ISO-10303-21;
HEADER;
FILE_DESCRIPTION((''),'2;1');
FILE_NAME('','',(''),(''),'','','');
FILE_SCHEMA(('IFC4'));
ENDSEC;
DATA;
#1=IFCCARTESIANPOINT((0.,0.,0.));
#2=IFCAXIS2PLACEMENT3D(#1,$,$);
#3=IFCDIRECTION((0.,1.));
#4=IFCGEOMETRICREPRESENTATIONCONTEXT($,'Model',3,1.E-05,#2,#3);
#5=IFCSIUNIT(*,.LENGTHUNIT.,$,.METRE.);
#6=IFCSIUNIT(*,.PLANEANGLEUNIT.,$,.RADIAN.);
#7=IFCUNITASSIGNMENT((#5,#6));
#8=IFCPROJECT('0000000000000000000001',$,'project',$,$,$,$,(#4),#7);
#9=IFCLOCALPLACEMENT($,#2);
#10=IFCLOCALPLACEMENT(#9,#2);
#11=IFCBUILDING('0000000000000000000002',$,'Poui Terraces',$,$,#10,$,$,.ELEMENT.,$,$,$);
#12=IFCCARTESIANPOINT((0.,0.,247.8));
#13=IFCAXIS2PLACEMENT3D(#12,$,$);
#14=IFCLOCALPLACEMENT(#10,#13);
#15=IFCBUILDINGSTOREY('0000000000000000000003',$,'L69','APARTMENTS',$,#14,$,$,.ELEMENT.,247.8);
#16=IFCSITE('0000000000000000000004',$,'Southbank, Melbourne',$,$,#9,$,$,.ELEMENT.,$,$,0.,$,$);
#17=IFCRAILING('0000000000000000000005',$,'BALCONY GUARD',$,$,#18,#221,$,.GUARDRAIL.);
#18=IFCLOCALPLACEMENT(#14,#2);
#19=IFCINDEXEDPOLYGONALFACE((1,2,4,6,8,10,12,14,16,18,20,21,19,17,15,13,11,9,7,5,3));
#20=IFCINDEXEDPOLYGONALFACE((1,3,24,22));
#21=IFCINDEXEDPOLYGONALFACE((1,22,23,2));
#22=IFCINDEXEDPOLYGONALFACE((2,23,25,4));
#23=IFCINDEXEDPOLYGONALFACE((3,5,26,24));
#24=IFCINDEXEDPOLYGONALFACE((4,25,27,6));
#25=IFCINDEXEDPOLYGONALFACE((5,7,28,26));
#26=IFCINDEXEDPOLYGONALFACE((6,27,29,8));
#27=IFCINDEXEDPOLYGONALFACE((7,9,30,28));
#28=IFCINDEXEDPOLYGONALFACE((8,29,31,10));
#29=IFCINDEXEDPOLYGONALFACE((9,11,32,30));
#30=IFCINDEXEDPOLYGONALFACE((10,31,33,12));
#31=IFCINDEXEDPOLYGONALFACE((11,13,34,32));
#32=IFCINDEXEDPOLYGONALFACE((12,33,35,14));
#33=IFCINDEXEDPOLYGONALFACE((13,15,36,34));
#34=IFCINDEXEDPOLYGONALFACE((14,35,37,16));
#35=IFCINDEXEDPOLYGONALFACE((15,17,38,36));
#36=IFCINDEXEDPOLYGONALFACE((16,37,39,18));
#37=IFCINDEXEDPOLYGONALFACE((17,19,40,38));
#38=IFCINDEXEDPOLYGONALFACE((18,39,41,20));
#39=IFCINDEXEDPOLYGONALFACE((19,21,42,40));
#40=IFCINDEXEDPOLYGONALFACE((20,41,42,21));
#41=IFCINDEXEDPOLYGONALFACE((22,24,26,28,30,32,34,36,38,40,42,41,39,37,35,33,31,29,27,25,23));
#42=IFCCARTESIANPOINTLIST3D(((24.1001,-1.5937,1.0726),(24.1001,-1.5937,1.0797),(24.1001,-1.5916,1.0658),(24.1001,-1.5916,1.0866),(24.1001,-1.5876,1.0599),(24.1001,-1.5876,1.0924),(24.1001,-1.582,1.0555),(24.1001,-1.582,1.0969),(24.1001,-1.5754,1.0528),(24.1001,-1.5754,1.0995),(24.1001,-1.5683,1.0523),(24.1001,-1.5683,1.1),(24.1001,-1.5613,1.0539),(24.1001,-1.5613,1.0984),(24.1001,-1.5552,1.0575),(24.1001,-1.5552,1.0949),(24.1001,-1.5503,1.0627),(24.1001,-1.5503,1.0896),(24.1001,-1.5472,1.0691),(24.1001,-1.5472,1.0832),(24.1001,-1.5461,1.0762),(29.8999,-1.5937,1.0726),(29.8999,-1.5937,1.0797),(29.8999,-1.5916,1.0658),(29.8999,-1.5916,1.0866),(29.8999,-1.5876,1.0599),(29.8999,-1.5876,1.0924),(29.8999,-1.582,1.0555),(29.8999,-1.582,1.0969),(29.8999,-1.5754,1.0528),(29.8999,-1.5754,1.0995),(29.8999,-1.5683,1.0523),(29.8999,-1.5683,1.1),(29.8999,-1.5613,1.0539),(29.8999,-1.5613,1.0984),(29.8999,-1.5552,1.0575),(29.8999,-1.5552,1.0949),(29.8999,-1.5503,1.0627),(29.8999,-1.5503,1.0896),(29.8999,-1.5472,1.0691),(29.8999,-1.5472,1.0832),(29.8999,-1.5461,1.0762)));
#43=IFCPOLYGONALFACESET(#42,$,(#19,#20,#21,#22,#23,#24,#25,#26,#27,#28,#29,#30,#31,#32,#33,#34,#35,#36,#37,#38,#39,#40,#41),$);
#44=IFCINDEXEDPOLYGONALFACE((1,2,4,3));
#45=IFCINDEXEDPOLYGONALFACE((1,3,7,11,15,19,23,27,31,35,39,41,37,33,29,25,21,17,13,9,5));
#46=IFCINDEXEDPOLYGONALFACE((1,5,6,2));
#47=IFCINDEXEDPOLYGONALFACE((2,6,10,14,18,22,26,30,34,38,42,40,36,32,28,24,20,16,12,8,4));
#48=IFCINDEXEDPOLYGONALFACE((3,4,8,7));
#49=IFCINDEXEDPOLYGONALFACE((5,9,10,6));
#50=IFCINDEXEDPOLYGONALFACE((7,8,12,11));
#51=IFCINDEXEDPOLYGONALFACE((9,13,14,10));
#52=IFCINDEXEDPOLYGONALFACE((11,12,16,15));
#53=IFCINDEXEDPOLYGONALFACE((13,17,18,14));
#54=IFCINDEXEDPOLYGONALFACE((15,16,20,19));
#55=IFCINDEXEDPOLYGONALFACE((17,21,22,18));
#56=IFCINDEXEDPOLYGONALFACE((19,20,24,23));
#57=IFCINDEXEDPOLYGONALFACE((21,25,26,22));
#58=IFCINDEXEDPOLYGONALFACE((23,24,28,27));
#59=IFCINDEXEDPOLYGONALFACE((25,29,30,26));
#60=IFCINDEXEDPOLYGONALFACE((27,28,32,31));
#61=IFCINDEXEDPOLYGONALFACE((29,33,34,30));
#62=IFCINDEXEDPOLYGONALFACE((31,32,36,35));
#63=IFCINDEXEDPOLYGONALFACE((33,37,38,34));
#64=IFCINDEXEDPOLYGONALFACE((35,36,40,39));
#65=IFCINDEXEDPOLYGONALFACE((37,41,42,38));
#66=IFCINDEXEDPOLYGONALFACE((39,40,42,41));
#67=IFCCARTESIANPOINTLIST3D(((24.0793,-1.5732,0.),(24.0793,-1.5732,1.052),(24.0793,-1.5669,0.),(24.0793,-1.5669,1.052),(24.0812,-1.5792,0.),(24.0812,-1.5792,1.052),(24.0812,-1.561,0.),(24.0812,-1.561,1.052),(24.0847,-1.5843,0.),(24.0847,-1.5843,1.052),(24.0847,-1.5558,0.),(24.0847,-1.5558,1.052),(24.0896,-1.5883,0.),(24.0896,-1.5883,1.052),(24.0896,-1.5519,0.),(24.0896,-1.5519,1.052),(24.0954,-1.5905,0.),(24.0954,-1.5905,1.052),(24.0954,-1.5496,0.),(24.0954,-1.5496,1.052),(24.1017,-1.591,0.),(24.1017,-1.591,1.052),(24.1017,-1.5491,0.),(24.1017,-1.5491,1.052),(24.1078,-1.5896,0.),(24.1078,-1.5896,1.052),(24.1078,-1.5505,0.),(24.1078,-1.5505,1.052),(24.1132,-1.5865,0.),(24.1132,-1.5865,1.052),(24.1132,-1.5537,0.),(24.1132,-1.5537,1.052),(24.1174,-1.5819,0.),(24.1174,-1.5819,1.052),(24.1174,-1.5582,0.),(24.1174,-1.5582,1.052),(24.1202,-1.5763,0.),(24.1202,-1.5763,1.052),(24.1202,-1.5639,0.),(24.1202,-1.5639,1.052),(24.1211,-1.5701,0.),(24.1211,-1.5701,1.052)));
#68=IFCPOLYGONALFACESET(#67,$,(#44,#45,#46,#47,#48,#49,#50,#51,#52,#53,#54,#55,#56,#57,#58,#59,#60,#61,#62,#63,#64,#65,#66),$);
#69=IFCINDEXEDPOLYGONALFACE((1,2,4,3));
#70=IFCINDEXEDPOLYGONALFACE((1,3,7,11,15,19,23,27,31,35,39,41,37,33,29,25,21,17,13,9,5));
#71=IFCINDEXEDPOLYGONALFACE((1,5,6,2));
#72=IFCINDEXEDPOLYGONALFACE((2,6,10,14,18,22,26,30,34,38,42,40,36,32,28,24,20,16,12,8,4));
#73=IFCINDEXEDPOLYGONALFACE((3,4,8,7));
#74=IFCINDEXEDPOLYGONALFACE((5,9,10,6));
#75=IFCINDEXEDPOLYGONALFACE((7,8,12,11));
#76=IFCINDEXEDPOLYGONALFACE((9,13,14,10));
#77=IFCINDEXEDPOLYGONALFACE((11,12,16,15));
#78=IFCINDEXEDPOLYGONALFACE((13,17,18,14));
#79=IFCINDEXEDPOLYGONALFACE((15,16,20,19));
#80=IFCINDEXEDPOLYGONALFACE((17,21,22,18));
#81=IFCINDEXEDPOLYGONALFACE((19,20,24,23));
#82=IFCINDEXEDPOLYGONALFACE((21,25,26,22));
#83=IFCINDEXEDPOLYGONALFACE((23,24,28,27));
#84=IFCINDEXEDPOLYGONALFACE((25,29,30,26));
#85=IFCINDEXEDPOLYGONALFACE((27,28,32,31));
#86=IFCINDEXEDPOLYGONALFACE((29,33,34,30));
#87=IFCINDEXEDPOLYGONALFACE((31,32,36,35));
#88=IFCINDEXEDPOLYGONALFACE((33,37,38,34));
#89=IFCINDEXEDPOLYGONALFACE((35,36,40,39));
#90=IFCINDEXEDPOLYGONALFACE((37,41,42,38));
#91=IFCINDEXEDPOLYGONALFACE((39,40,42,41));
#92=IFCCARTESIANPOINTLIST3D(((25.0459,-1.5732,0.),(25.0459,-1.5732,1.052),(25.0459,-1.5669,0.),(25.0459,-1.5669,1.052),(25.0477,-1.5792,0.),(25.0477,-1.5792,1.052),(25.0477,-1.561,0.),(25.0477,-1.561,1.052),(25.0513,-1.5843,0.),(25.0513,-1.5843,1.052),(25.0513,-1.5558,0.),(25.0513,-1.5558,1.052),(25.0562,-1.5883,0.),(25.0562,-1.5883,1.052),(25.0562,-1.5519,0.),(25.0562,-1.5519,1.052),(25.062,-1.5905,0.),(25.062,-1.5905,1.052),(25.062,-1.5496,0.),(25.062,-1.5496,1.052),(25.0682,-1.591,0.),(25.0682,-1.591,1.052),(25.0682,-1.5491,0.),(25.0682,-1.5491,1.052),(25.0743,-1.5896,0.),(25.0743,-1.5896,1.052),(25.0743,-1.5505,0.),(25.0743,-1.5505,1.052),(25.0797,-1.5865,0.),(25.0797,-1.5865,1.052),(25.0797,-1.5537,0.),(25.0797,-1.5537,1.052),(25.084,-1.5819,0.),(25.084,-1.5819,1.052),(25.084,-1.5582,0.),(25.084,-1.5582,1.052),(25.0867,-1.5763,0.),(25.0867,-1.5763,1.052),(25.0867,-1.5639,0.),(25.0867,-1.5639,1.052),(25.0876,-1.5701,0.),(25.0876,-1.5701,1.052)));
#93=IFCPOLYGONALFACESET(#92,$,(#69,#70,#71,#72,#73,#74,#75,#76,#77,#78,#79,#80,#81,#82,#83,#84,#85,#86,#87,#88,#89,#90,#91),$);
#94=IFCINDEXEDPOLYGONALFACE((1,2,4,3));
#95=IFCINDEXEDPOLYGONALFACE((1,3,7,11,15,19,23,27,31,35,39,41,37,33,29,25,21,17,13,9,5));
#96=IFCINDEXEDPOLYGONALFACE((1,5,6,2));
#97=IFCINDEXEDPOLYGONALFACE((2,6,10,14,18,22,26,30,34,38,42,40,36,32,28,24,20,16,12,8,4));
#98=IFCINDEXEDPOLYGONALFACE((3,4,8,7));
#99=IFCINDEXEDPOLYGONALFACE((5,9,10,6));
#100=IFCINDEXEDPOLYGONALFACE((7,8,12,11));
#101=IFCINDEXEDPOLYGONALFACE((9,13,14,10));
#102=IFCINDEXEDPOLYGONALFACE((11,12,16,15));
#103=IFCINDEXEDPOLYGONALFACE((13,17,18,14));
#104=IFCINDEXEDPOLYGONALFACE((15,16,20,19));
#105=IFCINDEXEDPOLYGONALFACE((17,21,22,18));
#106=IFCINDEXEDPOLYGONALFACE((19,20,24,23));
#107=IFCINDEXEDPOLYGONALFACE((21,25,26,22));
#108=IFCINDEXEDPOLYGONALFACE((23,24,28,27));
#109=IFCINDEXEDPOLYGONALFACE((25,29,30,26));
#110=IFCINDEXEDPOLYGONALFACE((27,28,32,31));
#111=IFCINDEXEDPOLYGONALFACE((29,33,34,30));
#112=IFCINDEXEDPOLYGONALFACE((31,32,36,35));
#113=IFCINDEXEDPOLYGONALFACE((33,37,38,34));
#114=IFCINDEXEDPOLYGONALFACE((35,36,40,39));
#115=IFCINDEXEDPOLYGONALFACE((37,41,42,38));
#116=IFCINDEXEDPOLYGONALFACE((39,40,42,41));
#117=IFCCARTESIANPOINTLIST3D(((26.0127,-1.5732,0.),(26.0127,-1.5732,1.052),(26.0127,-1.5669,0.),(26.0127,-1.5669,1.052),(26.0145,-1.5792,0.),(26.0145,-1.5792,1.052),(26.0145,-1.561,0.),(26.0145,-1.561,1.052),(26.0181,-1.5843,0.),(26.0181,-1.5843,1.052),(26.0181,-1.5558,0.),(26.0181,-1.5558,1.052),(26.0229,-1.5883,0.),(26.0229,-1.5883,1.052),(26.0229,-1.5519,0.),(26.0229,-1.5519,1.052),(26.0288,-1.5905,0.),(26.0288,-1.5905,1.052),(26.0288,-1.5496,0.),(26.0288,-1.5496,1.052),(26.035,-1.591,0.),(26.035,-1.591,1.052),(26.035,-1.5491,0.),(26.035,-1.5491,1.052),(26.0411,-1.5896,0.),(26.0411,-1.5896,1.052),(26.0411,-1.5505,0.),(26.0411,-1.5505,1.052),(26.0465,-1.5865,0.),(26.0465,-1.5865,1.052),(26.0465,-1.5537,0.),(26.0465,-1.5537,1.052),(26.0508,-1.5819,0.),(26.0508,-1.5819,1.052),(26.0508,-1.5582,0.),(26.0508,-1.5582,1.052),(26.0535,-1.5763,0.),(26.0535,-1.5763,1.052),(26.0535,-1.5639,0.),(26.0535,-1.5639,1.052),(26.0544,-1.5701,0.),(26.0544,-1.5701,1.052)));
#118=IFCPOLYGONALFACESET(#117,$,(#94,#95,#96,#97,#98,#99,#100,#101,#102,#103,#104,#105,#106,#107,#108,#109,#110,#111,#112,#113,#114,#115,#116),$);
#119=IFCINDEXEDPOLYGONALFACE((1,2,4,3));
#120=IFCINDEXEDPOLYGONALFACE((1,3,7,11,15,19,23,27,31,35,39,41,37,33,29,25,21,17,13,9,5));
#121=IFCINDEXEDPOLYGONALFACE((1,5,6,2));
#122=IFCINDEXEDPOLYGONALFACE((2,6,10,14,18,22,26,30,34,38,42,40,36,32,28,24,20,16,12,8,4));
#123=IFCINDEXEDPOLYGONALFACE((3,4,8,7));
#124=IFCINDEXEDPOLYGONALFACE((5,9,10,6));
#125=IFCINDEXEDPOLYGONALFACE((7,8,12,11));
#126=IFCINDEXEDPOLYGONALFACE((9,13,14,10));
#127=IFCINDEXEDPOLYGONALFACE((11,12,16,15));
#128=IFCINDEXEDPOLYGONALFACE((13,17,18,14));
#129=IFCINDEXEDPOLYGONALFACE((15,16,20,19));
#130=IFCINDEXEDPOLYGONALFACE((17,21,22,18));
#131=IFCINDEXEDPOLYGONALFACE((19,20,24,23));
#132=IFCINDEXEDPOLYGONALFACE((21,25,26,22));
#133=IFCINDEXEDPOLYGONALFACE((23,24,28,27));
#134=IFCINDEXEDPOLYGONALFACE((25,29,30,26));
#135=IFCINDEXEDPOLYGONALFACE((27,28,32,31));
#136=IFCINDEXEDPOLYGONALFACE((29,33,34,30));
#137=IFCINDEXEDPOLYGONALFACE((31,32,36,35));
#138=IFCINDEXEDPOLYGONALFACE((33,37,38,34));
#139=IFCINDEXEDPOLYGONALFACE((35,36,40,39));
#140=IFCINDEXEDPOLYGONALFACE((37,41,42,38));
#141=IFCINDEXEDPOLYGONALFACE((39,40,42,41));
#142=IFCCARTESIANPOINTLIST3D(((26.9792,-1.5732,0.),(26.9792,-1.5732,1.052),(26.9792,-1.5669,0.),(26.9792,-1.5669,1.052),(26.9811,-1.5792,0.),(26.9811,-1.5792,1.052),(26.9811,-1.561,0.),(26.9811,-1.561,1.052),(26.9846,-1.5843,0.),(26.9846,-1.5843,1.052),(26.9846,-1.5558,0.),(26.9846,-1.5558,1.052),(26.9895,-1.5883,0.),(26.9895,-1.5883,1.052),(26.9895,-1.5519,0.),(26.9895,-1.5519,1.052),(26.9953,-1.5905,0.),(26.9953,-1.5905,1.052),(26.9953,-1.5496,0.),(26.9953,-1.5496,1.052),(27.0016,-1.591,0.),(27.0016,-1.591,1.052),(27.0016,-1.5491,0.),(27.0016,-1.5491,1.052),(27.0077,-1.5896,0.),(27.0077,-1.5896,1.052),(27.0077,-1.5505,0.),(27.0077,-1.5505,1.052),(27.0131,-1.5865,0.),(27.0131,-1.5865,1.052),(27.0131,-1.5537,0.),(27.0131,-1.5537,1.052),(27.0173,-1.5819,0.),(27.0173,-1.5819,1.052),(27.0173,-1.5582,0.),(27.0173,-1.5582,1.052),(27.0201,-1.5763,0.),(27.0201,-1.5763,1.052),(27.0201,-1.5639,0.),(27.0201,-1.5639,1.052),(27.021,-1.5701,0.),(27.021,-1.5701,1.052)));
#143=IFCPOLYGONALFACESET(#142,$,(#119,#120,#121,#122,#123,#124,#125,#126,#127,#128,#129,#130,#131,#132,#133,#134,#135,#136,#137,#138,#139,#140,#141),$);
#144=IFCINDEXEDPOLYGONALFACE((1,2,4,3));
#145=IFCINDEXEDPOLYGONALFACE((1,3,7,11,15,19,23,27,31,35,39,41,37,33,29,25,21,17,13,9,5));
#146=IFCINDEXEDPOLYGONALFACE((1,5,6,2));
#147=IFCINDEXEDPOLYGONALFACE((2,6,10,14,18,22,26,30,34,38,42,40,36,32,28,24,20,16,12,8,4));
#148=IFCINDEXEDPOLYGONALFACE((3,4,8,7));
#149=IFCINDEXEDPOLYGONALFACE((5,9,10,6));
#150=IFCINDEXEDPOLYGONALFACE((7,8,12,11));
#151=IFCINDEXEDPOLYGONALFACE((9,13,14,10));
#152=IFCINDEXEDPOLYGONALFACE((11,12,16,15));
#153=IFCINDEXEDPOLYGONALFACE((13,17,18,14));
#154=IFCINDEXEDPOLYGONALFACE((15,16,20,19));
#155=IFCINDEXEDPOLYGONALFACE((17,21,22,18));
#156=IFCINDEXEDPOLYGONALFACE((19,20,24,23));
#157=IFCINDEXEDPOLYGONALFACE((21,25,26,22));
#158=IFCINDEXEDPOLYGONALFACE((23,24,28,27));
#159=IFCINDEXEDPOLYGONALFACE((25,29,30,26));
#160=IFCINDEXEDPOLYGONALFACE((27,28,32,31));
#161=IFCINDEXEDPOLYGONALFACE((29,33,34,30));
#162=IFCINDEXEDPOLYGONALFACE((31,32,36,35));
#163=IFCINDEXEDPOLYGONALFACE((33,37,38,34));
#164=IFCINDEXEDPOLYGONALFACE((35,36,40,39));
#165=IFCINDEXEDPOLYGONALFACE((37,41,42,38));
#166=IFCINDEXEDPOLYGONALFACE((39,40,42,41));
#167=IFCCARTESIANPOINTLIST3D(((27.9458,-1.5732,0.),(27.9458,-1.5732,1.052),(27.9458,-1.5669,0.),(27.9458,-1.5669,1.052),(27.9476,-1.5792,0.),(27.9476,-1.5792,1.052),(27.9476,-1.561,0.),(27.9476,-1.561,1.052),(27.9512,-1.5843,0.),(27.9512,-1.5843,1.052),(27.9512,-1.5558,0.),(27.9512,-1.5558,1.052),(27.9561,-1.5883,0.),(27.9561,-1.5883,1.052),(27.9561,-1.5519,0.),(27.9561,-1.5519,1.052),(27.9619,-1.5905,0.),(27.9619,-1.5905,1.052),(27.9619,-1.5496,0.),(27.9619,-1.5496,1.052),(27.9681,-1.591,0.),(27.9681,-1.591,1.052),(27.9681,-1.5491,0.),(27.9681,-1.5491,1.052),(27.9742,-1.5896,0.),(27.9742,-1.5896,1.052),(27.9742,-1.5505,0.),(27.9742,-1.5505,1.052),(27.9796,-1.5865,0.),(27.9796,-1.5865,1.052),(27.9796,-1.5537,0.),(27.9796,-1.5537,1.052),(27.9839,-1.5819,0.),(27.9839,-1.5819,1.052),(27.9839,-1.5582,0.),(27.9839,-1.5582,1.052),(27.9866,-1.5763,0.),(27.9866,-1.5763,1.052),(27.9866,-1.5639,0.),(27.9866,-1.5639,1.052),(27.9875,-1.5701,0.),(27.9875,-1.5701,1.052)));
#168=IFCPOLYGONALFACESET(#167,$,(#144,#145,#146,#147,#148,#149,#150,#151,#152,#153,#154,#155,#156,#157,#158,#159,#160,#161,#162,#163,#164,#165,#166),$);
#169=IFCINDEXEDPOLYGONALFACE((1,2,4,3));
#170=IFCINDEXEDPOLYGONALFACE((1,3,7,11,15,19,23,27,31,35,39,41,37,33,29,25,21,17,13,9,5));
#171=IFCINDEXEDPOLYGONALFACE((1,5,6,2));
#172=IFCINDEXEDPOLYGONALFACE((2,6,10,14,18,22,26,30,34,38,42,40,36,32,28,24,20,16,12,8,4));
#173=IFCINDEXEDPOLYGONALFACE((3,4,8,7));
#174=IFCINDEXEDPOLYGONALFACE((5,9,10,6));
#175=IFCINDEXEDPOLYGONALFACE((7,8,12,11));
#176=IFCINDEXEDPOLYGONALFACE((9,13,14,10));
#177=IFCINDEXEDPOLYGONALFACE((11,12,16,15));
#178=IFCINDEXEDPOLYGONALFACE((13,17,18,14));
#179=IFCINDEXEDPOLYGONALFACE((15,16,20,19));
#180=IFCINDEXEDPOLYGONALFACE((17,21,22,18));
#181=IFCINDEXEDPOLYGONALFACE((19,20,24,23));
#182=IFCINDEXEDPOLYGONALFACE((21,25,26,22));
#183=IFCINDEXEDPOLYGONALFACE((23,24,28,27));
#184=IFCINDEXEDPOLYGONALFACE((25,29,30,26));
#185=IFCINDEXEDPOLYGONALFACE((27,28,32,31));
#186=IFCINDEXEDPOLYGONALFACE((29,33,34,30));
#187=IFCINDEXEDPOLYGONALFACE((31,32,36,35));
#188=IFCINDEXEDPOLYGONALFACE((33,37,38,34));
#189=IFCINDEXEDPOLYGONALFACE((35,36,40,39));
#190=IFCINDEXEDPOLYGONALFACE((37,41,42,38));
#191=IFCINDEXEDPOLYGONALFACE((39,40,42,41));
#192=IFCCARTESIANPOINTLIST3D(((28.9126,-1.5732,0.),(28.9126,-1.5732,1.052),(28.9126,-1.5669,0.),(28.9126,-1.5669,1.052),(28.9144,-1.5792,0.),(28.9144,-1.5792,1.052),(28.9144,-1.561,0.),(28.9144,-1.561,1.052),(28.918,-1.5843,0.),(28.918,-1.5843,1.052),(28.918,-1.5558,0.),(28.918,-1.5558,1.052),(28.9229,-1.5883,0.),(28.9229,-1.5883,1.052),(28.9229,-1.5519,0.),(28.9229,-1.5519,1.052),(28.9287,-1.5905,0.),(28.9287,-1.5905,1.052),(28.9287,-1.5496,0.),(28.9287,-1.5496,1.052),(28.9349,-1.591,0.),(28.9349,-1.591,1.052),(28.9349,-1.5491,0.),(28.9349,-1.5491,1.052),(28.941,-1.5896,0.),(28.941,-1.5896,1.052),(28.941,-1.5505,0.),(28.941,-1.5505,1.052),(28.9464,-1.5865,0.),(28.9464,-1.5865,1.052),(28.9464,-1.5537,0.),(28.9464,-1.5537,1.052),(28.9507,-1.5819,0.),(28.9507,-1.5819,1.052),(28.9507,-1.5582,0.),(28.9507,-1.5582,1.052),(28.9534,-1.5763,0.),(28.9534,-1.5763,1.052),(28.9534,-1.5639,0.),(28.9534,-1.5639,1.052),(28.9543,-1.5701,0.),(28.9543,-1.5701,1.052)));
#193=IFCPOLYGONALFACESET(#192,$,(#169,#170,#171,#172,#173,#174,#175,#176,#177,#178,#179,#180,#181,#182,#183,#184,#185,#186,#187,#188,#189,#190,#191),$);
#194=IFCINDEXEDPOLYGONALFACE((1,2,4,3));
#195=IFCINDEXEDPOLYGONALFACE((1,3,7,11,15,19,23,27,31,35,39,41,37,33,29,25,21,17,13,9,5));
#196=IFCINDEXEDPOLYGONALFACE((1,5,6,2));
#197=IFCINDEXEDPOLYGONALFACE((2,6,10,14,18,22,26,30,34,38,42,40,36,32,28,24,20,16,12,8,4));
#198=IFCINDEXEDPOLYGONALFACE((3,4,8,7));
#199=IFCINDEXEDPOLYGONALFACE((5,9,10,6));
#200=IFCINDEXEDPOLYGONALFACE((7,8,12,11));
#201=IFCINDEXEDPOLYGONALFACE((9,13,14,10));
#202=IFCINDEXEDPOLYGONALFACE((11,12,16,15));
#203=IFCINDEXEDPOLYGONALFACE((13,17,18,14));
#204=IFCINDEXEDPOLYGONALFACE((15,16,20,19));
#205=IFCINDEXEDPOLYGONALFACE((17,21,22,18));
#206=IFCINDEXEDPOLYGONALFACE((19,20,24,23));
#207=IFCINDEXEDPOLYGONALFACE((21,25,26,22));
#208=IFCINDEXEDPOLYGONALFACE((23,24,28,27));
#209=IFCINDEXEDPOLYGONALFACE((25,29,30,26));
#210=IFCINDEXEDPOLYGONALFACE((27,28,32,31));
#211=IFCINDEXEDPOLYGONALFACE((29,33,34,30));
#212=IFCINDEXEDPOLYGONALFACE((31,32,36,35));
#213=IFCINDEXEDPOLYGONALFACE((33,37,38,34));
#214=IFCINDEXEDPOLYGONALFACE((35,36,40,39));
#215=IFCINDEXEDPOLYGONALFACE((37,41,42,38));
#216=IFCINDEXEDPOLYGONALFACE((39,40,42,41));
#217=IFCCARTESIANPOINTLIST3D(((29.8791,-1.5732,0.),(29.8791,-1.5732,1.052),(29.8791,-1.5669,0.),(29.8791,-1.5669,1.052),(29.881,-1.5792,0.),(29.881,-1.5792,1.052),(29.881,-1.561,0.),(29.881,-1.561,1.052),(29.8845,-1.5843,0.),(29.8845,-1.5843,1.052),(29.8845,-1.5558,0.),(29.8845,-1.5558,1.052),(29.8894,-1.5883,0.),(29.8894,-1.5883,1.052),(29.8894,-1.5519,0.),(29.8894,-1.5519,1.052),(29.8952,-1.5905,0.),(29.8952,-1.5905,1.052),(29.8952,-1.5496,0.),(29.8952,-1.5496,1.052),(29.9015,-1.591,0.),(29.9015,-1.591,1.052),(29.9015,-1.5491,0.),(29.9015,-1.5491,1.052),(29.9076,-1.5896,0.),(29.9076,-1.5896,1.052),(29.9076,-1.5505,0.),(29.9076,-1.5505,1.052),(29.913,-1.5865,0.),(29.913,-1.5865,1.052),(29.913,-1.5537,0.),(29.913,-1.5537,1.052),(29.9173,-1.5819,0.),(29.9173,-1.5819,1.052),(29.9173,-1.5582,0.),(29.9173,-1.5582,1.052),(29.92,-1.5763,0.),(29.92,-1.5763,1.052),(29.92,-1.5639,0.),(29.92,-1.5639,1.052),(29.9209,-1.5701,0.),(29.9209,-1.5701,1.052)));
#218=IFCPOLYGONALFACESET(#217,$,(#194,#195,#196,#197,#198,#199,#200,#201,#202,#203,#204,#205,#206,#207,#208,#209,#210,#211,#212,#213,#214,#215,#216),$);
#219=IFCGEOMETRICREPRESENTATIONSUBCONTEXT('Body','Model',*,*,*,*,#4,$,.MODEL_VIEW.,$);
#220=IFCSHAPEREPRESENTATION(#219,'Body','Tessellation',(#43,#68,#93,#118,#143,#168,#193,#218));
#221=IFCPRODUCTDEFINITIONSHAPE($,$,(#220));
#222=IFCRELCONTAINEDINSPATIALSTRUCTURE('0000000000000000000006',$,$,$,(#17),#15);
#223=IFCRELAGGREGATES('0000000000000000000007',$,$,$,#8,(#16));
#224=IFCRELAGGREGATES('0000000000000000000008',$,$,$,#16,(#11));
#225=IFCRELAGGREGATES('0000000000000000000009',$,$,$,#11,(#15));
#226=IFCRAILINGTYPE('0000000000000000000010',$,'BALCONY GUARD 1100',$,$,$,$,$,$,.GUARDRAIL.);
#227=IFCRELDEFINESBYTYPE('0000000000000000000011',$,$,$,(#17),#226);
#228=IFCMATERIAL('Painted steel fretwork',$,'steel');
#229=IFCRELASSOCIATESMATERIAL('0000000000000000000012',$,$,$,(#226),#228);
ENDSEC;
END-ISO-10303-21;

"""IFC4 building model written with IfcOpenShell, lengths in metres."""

from ifc_helpers import new_model, si_unit, direction, frame, origin, origin_2d, place, context, subcontext, project, spatial, circle, extrude, material, type_object, element, save


model = new_model("IFC4")

# Units and contexts
model_context = context("Model", 3, precision=1e-05, world=origin(), true_north=direction((0.0, 1.0)))
body_context = subcontext(model_context, "Body", "Model", "MODEL_VIEW")
ifc_project = project(units=[si_unit("LENGTHUNIT", "METRE"), si_unit("PLANEANGLEUNIT", "RADIAN")], contexts=[model_context])

# Site, building, storey
site_placement = place(None, origin())
site = spatial("IfcSite", under=ifc_project, at=site_placement, Name="Southbank, Melbourne", CompositionType="ELEMENT", RefElevation=0.0)
building_placement = place(site_placement, origin())
building = spatial("IfcBuilding", under=site, at=building_placement, Name="Poui Terraces", CompositionType="ELEMENT")
storey_placement = place(building_placement, frame((0.0, 0.0, 247.8)))
storey = spatial("IfcBuildingStorey", under=building, at=storey_placement, Name="L69", Description="APARTMENTS", CompositionType="ELEMENT", Elevation=247.8)

# Railing
ifc_material_1 = material(Name="Painted steel fretwork", Category="steel")
railing_type = type_object("IfcRailingType", Name="BALCONY GUARD 1100", PredefinedType="GUARDRAIL", material=ifc_material_1)
railing_placement = place(storey_placement, frame((24.1001, -1.5701, 0.0)))
element("IfcRailing", 1, at=railing_placement, inside=storey, type_object=railing_type, Name="BALCONY GUARD", PredefinedType="GUARDRAIL", context=body_context, shape_type="SweptSolid", body=[
    extrude(circle(Radius=0.0239, at=origin_2d()), frame((0.0, 0.0, 1.0762), z_axis=(1.0, 0.0, 0.0), x_axis=(0.0, 1.0, 0.0)), (0.0, 0.0, 1.0), 5.7998),
    extrude(circle(Radius=0.021, at=origin_2d()), origin(), (0.0, 0.0, 1.0), 1.052),
    extrude(circle(Radius=0.021, at=origin_2d()), frame((0.9666, 0.0, 0.0)), (0.0, 0.0, 1.0), 1.052),
    extrude(circle(Radius=0.021, at=origin_2d()), frame((1.9333, 0.0, 0.0)), (0.0, 0.0, 1.0), 1.052),
    extrude(circle(Radius=0.021, at=origin_2d()), frame((2.8999, 0.0, 0.0)), (0.0, 0.0, 1.0), 1.052),
    extrude(circle(Radius=0.021, at=origin_2d()), frame((3.8665, 0.0, 0.0)), (0.0, 0.0, 1.0), 1.052),
    extrude(circle(Radius=0.021, at=origin_2d()), frame((4.8333, 0.0, 0.0)), (0.0, 0.0, 1.0), 1.052),
    extrude(circle(Radius=0.021, at=origin_2d()), frame((5.7998, 0.0, 0.0)), (0.0, 0.0, 1.0), 1.052),
])

save(model, "model.ifc")
